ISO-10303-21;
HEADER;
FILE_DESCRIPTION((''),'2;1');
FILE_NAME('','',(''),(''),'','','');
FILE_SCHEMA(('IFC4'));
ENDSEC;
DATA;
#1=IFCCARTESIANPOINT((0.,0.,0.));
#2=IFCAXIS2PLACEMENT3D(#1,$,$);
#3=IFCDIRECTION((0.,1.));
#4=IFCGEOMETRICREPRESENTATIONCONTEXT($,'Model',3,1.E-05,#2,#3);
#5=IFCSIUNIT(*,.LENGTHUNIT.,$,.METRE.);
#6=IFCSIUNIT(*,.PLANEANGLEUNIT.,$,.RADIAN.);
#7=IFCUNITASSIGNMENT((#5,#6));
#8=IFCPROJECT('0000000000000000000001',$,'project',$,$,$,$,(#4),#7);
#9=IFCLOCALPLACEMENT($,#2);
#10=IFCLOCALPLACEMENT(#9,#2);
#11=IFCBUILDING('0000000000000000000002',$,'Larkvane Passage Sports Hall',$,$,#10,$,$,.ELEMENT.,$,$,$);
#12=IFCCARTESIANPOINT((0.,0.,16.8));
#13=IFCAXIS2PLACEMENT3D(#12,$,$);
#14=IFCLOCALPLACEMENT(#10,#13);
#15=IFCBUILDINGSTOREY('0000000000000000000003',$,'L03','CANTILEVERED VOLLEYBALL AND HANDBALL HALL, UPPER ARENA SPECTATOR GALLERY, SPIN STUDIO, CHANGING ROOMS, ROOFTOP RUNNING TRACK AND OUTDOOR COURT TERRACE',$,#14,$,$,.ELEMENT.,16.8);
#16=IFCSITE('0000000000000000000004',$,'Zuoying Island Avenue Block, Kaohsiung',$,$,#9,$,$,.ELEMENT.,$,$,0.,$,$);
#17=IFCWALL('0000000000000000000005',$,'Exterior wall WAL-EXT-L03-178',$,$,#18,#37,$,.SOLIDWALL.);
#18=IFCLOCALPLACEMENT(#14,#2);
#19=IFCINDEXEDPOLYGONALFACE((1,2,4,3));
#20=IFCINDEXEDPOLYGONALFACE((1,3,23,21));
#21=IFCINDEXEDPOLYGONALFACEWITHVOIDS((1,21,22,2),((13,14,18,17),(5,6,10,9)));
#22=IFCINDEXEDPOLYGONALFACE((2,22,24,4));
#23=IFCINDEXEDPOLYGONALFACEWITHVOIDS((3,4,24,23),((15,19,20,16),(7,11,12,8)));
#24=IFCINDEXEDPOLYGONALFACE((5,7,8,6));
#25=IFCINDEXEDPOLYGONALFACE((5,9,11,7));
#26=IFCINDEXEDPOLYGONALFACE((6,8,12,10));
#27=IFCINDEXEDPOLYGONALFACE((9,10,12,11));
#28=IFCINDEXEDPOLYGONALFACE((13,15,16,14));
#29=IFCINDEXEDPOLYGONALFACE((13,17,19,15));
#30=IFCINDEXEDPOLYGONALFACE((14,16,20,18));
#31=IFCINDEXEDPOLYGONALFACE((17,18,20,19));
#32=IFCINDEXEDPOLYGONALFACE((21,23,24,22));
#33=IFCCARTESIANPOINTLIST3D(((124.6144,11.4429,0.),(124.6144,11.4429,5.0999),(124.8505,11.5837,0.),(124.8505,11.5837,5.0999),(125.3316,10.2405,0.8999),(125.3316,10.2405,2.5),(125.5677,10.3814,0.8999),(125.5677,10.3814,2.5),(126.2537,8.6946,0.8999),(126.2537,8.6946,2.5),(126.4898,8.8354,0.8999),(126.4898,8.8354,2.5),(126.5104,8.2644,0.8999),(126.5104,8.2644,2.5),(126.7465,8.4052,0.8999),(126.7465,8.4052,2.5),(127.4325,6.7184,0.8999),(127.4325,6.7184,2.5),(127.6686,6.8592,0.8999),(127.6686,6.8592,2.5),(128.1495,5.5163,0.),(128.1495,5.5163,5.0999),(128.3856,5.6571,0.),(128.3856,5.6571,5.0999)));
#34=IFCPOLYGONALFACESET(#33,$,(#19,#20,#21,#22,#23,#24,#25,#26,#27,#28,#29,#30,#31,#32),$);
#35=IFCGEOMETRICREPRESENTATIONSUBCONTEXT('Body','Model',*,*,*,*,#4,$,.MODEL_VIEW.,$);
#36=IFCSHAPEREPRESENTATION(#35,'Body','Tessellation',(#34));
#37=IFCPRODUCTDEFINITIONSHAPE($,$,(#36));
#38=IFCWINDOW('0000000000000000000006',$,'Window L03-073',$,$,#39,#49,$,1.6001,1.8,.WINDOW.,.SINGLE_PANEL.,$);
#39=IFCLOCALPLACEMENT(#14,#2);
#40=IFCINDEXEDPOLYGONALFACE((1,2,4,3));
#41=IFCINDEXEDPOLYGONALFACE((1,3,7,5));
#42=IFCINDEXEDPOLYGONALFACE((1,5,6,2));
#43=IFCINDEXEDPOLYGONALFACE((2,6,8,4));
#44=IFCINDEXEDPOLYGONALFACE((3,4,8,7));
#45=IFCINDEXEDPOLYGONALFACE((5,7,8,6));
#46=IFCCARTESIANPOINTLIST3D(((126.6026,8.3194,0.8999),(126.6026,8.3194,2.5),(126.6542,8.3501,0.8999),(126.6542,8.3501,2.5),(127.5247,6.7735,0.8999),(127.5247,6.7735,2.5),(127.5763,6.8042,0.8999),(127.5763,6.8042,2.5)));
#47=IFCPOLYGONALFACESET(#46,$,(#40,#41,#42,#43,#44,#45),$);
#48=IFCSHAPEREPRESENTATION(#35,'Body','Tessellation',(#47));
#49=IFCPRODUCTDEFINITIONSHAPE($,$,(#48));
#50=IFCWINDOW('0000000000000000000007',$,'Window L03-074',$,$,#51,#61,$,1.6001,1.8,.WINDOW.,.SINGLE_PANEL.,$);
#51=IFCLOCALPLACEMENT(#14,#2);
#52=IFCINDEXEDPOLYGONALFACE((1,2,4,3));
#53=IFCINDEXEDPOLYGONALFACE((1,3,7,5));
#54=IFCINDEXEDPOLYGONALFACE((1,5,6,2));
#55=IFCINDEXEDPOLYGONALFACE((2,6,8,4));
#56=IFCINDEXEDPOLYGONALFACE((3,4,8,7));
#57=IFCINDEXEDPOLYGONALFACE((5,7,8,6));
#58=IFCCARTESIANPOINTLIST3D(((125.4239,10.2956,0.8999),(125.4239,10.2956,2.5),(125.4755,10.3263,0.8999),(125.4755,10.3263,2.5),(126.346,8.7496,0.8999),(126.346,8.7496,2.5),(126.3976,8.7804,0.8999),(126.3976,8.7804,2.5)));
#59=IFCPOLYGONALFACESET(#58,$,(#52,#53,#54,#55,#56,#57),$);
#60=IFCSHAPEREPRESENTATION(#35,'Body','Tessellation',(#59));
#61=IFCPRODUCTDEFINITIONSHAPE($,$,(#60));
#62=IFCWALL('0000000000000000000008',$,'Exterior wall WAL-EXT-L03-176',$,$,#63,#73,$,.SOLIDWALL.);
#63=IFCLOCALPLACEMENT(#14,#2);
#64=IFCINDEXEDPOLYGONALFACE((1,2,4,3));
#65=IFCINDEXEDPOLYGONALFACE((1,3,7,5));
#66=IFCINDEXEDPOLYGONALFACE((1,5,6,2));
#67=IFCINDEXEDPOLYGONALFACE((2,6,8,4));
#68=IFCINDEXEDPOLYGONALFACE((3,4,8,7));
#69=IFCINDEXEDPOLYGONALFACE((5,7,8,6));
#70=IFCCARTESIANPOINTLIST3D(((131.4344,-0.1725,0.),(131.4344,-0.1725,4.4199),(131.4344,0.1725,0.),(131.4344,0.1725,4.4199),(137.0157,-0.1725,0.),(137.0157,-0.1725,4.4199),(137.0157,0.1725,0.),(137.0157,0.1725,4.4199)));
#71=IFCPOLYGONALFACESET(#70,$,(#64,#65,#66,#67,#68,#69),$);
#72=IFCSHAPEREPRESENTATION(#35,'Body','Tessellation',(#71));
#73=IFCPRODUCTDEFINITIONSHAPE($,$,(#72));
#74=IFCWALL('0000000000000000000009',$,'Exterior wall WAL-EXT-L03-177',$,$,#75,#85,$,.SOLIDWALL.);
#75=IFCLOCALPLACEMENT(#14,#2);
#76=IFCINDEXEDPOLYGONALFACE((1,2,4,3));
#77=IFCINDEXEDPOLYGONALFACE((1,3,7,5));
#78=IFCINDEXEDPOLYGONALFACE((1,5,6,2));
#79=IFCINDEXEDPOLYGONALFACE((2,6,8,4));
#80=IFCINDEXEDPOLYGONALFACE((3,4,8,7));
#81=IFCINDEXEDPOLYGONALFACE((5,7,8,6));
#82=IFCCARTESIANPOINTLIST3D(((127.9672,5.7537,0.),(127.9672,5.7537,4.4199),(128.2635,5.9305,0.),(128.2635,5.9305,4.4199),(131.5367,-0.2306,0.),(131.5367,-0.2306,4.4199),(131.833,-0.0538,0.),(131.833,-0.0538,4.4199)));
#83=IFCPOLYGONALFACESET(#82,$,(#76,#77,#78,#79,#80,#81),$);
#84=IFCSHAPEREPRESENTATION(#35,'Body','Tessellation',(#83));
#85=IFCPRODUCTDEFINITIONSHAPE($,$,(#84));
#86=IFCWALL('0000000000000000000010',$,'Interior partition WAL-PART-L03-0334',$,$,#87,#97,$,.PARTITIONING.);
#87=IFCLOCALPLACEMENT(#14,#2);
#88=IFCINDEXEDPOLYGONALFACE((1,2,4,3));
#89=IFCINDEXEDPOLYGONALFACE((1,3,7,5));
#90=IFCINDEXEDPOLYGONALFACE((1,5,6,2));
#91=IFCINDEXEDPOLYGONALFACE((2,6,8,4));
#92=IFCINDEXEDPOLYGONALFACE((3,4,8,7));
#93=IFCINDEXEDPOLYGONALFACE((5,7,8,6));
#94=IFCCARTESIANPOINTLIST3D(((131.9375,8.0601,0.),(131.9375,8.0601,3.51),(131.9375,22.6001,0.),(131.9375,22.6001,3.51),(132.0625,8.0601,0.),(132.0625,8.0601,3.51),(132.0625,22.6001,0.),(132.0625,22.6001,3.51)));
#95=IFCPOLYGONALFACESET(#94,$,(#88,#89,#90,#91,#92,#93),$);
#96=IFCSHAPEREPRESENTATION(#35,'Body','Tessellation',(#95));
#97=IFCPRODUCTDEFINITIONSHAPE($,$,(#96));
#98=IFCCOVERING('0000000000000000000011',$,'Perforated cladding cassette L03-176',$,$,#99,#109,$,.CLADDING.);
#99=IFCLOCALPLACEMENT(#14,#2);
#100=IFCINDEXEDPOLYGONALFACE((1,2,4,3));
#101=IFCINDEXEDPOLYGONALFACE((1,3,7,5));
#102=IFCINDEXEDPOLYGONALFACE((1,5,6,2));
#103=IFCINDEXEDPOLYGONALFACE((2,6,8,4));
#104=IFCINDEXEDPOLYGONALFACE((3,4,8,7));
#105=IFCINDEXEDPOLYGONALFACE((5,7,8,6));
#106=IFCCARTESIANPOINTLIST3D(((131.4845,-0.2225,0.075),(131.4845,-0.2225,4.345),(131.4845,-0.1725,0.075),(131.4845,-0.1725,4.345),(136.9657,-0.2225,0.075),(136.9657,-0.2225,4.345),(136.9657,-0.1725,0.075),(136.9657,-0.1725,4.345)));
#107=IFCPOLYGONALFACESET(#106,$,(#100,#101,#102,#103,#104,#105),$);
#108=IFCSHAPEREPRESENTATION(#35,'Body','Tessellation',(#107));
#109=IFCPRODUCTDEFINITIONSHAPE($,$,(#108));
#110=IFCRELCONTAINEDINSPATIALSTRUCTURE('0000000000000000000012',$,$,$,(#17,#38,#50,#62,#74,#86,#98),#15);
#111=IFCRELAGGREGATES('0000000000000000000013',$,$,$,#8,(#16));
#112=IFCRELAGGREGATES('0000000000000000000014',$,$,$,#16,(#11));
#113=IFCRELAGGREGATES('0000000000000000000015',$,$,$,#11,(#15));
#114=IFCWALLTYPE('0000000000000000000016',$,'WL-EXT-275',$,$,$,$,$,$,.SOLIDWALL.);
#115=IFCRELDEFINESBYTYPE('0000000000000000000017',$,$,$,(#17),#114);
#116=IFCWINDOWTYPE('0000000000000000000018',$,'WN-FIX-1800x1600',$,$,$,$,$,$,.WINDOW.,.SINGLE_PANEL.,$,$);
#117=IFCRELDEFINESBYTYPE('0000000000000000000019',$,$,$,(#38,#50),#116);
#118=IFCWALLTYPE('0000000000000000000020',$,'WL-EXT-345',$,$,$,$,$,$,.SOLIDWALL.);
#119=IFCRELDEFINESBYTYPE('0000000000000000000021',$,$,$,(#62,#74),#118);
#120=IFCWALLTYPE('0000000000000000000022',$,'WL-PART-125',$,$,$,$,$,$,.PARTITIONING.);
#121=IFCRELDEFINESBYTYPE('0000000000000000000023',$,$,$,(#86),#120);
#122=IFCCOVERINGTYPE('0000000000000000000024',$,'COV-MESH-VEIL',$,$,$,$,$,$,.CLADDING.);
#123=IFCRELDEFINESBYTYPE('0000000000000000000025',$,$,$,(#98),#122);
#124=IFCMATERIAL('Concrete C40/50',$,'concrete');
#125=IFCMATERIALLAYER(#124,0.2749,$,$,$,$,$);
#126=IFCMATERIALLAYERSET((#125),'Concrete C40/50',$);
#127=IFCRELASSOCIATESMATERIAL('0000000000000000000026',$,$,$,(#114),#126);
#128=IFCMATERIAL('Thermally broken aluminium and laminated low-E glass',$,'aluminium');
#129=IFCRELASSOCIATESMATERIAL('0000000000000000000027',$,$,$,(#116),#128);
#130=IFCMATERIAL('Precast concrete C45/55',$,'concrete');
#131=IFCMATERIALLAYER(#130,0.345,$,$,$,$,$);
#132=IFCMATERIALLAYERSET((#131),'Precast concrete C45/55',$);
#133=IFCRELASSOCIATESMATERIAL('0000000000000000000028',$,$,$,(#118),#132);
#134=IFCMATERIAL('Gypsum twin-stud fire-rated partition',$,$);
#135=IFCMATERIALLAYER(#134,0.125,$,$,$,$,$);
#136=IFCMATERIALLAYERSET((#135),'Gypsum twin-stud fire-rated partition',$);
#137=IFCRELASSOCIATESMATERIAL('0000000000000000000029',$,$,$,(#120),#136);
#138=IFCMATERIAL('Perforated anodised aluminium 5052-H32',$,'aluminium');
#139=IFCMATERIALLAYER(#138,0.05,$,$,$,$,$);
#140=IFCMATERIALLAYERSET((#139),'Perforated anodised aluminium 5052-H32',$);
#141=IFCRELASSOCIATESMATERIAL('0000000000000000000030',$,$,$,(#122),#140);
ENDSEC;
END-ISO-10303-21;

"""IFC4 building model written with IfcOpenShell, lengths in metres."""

from ifc_helpers import new_model, si_unit, direction, frame, frame_2d, origin, origin_2d, place, context, subcontext, project, spatial, rectangle, extrude, material, layer, layer_set, type_object, element, fill, save


model = new_model("IFC4")

# Units and contexts
model_context = context("Model", 3, precision=1e-05, world=origin(), true_north=direction((0.0, 1.0)))
body_context = subcontext(model_context, "Body", "Model", "MODEL_VIEW")
ifc_project = project(units=[si_unit("LENGTHUNIT", "METRE"), si_unit("PLANEANGLEUNIT", "RADIAN")], contexts=[model_context])

# Site, building, storey
site_placement = place(None, origin())
site = spatial("IfcSite", under=ifc_project, at=site_placement, Name="Zuoying Island Avenue Block, Kaohsiung", CompositionType="ELEMENT", RefElevation=0.0)
building_placement = place(site_placement, origin())
building = spatial("IfcBuilding", under=site, at=building_placement, Name="Larkvane Passage Sports Hall", CompositionType="ELEMENT")
storey_placement = place(building_placement, frame((0.0, 0.0, 16.8)))
storey = spatial("IfcBuildingStorey", under=building, at=storey_placement, Name="L03", Description="CANTILEVERED VOLLEYBALL AND HANDBALL HALL, UPPER ARENA SPECTATOR GALLERY, SPIN STUDIO, CHANGING ROOMS, ROOFTOP RUNNING TRACK AND OUTDOOR COURT TERRACE", CompositionType="ELEMENT", Elevation=16.8)

# Wall, openings, windows
ifc_material_1 = material(Name="Concrete C40/50", Category="concrete")
ifc_layer_1 = layer(ifc_material_1, 0.2749)
ifc_layer_set_1 = layer_set([ifc_layer_1], Name="Concrete C40/50")
wall_type_1 = type_object("IfcWallType", Name="WL-EXT-275", PredefinedType="SOLIDWALL", material=ifc_layer_set_1)
wall_1_placement = place(storey_placement, frame((128.2676, 5.5867, 0.0), z_axis=(0.0, 0.0, 1.0), x_axis=(-0.512267, 0.858826, 0.0)))
wall_1 = element("IfcWall", 1, at=wall_1_placement, inside=storey, type_object=wall_type_1, Name="Exterior wall WAL-EXT-L03-178", PredefinedType="SOLIDWALL", context=body_context, shape_type="SweptSolid", body=[
    extrude(rectangle(XDim=6.9009, YDim=0.2749, at=frame_2d((3.4504, 0.0))), origin(), (0.0, 0.0, 1.0), 5.0999),
])
opening_1_placement = place(wall_1_placement, frame((1.3999, 0.0, 0.8999)))
opening_1 = element("IfcOpeningElement", 2, at=opening_1_placement, cuts=wall_1, PredefinedType="OPENING", context=body_context, shape_type="SweptSolid", body=[
    extrude(rectangle(XDim=1.8, YDim=1.6001, at=frame_2d((0.8999, 0.8))), frame((0.0, 0.1475, 0.0), z_axis=(0.0, -1.0, 0.0), x_axis=(1.0, 0.0, 0.0)), (0.0, 0.0, 1.0), 0.2949),
])
opening_2_placement = place(wall_1_placement, frame((3.7009, 0.0, 0.8999)))
opening_2 = element("IfcOpeningElement", 3, at=opening_2_placement, cuts=wall_1, PredefinedType="OPENING", context=body_context, shape_type="SweptSolid", body=[
    extrude(rectangle(XDim=1.8, YDim=1.6001, at=frame_2d((0.8999, 0.8))), frame((0.0, 0.1475, 0.0), z_axis=(0.0, -1.0, 0.0), x_axis=(1.0, 0.0, 0.0)), (0.0, 0.0, 1.0), 0.2949),
])
ifc_material_2 = material(Name="Thermally broken aluminium and laminated low-E glass", Category="aluminium")
window_type = type_object("IfcWindowType", Name="WN-FIX-1800x1600", PartitioningType="SINGLE_PANEL", PredefinedType="WINDOW", material=ifc_material_2)
window_1_placement = place(opening_1_placement, origin())
window_1 = element("IfcWindow", 4, at=window_1_placement, inside=storey, type_object=window_type, Name="Window L03-073", OverallHeight=1.6001, OverallWidth=1.8, PartitioningType="SINGLE_PANEL", PredefinedType="WINDOW", context=body_context, shape_type="SweptSolid", body=[
    extrude(rectangle(XDim=1.8, YDim=1.6001, at=frame_2d((0.8999, 0.8))), frame((0.0, 0.03, 0.0), z_axis=(0.0, -1.0, 0.0), x_axis=(1.0, 0.0, 0.0)), (0.0, 0.0, 1.0), 0.0601),
])
fill(opening_1, window_1)
window_2_placement = place(opening_2_placement, origin())
window_2 = element("IfcWindow", 5, at=window_2_placement, inside=storey, type_object=window_type, Name="Window L03-074", OverallHeight=1.6001, OverallWidth=1.8, PartitioningType="SINGLE_PANEL", PredefinedType="WINDOW", context=body_context, shape_type="SweptSolid", body=[
    extrude(rectangle(XDim=1.8, YDim=1.6001, at=frame_2d((0.8999, 0.8))), frame((0.0, 0.03, 0.0), z_axis=(0.0, -1.0, 0.0), x_axis=(1.0, 0.0, 0.0)), (0.0, 0.0, 1.0), 0.0601),
])
fill(opening_2, window_2)

# Walls
ifc_material_3 = material(Name="Precast concrete C45/55", Category="concrete")
ifc_layer_2 = layer(ifc_material_3, 0.345)
ifc_layer_set_2 = layer_set([ifc_layer_2], Name="Precast concrete C45/55")
wall_type_2 = type_object("IfcWallType", Name="WL-EXT-345", PredefinedType="SOLIDWALL", material=ifc_layer_set_2)
wall_2_placement = place(storey_placement, frame((137.0156, 0.0, 0.0), z_axis=(0.0, 0.0, 1.0), x_axis=(-1.0, 0.0, 0.0)))
element("IfcWall", 6, at=wall_2_placement, inside=storey, type_object=wall_type_2, Name="Exterior wall WAL-EXT-L03-176", PredefinedType="SOLIDWALL", context=body_context, shape_type="SweptSolid", body=[
    extrude(rectangle(XDim=5.5813, YDim=0.345, at=frame_2d((2.7905, 0.0))), origin(), (0.0, 0.0, 1.0), 4.4199),
])
wall_3_placement = place(storey_placement, frame((131.6848, -0.1421, 0.0), z_axis=(0.0, 0.0, 1.0), x_axis=(-0.512273, 0.858822, 0.0)))
element("IfcWall", 7, at=wall_3_placement, inside=storey, type_object=wall_type_2, Name="Exterior wall WAL-EXT-L03-177", PredefinedType="SOLIDWALL", context=body_context, shape_type="SweptSolid", body=[
    extrude(rectangle(XDim=6.968, YDim=0.345, at=frame_2d((3.4839, 0.0))), origin(), (0.0, 0.0, 1.0), 4.4199),
])
ifc_material_4 = material(Name="Gypsum twin-stud fire-rated partition")
ifc_layer_3 = layer(ifc_material_4, 0.125)
ifc_layer_set_3 = layer_set([ifc_layer_3], Name="Gypsum twin-stud fire-rated partition")
wall_type_3 = type_object("IfcWallType", Name="WL-PART-125", PredefinedType="PARTITIONING", material=ifc_layer_set_3)
wall_4_placement = place(storey_placement, frame((132.0, 8.0601, 0.0), z_axis=(0.0, 0.0, 1.0), x_axis=(0.0, 1.0, 0.0)))
element("IfcWall", 8, at=wall_4_placement, inside=storey, type_object=wall_type_3, Name="Interior partition WAL-PART-L03-0334", PredefinedType="PARTITIONING", context=body_context, shape_type="SweptSolid", body=[
    extrude(rectangle(XDim=14.54, YDim=0.125, at=frame_2d((7.27, 0.0))), origin(), (0.0, 0.0, 1.0), 3.51),
])

# Covering
ifc_material_5 = material(Name="Perforated anodised aluminium 5052-H32", Category="aluminium")
ifc_layer_4 = layer(ifc_material_5, 0.05)
ifc_layer_set_4 = layer_set([ifc_layer_4], Name="Perforated anodised aluminium 5052-H32")
covering_type = type_object("IfcCoveringType", Name="COV-MESH-VEIL", PredefinedType="CLADDING", material=ifc_layer_set_4)
covering_placement = place(storey_placement, frame((134.2251, -0.1975, 0.075), z_axis=(0.0, 0.0, 1.0), x_axis=(-1.0, 0.0, 0.0)))
element("IfcCovering", 9, at=covering_placement, inside=storey, type_object=covering_type, Name="Perforated cladding cassette L03-176", PredefinedType="CLADDING", context=body_context, shape_type="SweptSolid", body=[
    extrude(rectangle(XDim=5.4812, YDim=0.05, at=origin_2d()), origin(), (0.0, 0.0, 1.0), 4.27),
])

save(model, "model.ifc")
